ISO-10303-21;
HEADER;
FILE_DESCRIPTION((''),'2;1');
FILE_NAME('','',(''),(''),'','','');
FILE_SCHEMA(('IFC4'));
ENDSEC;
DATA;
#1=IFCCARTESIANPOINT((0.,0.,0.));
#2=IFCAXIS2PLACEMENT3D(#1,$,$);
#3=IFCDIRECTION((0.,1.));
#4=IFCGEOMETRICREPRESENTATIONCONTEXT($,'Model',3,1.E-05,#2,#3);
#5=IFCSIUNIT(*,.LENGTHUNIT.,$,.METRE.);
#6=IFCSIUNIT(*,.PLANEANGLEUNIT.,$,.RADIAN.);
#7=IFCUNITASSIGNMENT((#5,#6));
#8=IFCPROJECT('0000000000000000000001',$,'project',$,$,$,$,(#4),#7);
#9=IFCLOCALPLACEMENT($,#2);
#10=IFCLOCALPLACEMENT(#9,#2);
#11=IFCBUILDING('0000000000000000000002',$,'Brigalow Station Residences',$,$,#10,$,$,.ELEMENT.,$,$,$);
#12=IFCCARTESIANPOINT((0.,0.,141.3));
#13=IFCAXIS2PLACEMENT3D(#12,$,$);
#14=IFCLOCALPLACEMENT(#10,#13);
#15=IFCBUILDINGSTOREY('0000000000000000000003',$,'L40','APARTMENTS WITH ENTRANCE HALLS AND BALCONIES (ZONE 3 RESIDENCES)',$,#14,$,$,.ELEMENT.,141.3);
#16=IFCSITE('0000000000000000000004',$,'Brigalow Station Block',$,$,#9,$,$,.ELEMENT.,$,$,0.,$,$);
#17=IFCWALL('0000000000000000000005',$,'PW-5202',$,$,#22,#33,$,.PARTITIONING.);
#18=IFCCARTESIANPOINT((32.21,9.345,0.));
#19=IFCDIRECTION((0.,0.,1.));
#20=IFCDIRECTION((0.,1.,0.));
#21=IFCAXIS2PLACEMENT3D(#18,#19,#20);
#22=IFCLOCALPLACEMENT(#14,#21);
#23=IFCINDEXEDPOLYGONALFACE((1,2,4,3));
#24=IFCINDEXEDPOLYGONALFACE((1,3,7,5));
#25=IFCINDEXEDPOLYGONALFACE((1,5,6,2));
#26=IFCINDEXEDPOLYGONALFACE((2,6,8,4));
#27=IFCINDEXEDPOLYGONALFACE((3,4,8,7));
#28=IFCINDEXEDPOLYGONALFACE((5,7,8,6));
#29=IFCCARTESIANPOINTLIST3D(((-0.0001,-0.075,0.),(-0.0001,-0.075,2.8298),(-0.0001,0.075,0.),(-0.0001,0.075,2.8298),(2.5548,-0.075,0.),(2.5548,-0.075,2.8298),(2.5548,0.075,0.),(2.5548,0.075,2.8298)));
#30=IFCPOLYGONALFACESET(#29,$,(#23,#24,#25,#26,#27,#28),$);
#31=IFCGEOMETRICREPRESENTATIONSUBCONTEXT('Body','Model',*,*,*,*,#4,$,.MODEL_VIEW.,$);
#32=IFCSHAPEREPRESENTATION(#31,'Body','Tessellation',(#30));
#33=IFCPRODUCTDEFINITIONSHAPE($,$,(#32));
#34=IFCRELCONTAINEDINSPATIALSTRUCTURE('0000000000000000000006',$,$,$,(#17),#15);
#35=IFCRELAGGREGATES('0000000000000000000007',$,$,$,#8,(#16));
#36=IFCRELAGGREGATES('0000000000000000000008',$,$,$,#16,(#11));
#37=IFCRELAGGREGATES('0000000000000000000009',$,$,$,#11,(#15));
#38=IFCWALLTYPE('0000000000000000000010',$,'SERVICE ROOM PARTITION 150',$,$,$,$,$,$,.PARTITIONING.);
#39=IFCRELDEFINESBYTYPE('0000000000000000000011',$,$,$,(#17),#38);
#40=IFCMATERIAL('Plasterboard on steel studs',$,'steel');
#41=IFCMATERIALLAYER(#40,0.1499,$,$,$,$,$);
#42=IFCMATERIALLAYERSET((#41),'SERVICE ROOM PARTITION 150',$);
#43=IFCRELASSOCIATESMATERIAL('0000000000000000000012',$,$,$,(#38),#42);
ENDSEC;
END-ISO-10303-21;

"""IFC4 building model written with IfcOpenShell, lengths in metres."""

from ifc_helpers import new_model, si_unit, direction, frame, frame_2d, origin, place, context, subcontext, project, spatial, rectangle, extrude, material, layer, layer_set, type_object, element, save


model = new_model("IFC4")

# Units and contexts
model_context = context("Model", 3, precision=1e-05, world=origin(), true_north=direction((0.0, 1.0)))
body_context = subcontext(model_context, "Body", "Model", "MODEL_VIEW")
ifc_project = project(units=[si_unit("LENGTHUNIT", "METRE"), si_unit("PLANEANGLEUNIT", "RADIAN")], contexts=[model_context])

# Site, building, storey
site_placement = place(None, origin())
site = spatial("IfcSite", under=ifc_project, at=site_placement, Name="Brigalow Station Block", CompositionType="ELEMENT", RefElevation=0.0)
building_placement = place(site_placement, origin())
building = spatial("IfcBuilding", under=site, at=building_placement, Name="Brigalow Station Residences", CompositionType="ELEMENT")
storey_placement = place(building_placement, frame((0.0, 0.0, 141.3)))
storey = spatial("IfcBuildingStorey", under=building, at=storey_placement, Name="L40", Description="APARTMENTS WITH ENTRANCE HALLS AND BALCONIES (ZONE 3 RESIDENCES)", CompositionType="ELEMENT", Elevation=141.3)

# Shared definitions
ifc_material_1 = material(Name="Plasterboard on steel studs", Category="steel")
ifc_layer_1 = layer(ifc_material_1, 0.1499)
ifc_layer_set_1 = layer_set([ifc_layer_1], Name="SERVICE ROOM PARTITION 150")
wall_type_1 = type_object("IfcWallType", Name="SERVICE ROOM PARTITION 150", PredefinedType="PARTITIONING", material=ifc_layer_set_1)

# Wall
wall_1_placement = place(storey_placement, frame((32.21, 9.345, 0.0), z_axis=(0.0, 0.0, 1.0), x_axis=(0.0, 1.0, 0.0)))
element("IfcWall", 1, at=wall_1_placement, inside=storey, type_object=wall_type_1, Name="PW-5202", PredefinedType="PARTITIONING", context=body_context, shape_type="SweptSolid", body=[
    extrude(rectangle(XDim=2.5549, YDim=0.1499, at=frame_2d((1.2773, 0.0))), origin(), (0.0, 0.0, 1.0), 2.8298),
])

save(model, "model.ifc")
